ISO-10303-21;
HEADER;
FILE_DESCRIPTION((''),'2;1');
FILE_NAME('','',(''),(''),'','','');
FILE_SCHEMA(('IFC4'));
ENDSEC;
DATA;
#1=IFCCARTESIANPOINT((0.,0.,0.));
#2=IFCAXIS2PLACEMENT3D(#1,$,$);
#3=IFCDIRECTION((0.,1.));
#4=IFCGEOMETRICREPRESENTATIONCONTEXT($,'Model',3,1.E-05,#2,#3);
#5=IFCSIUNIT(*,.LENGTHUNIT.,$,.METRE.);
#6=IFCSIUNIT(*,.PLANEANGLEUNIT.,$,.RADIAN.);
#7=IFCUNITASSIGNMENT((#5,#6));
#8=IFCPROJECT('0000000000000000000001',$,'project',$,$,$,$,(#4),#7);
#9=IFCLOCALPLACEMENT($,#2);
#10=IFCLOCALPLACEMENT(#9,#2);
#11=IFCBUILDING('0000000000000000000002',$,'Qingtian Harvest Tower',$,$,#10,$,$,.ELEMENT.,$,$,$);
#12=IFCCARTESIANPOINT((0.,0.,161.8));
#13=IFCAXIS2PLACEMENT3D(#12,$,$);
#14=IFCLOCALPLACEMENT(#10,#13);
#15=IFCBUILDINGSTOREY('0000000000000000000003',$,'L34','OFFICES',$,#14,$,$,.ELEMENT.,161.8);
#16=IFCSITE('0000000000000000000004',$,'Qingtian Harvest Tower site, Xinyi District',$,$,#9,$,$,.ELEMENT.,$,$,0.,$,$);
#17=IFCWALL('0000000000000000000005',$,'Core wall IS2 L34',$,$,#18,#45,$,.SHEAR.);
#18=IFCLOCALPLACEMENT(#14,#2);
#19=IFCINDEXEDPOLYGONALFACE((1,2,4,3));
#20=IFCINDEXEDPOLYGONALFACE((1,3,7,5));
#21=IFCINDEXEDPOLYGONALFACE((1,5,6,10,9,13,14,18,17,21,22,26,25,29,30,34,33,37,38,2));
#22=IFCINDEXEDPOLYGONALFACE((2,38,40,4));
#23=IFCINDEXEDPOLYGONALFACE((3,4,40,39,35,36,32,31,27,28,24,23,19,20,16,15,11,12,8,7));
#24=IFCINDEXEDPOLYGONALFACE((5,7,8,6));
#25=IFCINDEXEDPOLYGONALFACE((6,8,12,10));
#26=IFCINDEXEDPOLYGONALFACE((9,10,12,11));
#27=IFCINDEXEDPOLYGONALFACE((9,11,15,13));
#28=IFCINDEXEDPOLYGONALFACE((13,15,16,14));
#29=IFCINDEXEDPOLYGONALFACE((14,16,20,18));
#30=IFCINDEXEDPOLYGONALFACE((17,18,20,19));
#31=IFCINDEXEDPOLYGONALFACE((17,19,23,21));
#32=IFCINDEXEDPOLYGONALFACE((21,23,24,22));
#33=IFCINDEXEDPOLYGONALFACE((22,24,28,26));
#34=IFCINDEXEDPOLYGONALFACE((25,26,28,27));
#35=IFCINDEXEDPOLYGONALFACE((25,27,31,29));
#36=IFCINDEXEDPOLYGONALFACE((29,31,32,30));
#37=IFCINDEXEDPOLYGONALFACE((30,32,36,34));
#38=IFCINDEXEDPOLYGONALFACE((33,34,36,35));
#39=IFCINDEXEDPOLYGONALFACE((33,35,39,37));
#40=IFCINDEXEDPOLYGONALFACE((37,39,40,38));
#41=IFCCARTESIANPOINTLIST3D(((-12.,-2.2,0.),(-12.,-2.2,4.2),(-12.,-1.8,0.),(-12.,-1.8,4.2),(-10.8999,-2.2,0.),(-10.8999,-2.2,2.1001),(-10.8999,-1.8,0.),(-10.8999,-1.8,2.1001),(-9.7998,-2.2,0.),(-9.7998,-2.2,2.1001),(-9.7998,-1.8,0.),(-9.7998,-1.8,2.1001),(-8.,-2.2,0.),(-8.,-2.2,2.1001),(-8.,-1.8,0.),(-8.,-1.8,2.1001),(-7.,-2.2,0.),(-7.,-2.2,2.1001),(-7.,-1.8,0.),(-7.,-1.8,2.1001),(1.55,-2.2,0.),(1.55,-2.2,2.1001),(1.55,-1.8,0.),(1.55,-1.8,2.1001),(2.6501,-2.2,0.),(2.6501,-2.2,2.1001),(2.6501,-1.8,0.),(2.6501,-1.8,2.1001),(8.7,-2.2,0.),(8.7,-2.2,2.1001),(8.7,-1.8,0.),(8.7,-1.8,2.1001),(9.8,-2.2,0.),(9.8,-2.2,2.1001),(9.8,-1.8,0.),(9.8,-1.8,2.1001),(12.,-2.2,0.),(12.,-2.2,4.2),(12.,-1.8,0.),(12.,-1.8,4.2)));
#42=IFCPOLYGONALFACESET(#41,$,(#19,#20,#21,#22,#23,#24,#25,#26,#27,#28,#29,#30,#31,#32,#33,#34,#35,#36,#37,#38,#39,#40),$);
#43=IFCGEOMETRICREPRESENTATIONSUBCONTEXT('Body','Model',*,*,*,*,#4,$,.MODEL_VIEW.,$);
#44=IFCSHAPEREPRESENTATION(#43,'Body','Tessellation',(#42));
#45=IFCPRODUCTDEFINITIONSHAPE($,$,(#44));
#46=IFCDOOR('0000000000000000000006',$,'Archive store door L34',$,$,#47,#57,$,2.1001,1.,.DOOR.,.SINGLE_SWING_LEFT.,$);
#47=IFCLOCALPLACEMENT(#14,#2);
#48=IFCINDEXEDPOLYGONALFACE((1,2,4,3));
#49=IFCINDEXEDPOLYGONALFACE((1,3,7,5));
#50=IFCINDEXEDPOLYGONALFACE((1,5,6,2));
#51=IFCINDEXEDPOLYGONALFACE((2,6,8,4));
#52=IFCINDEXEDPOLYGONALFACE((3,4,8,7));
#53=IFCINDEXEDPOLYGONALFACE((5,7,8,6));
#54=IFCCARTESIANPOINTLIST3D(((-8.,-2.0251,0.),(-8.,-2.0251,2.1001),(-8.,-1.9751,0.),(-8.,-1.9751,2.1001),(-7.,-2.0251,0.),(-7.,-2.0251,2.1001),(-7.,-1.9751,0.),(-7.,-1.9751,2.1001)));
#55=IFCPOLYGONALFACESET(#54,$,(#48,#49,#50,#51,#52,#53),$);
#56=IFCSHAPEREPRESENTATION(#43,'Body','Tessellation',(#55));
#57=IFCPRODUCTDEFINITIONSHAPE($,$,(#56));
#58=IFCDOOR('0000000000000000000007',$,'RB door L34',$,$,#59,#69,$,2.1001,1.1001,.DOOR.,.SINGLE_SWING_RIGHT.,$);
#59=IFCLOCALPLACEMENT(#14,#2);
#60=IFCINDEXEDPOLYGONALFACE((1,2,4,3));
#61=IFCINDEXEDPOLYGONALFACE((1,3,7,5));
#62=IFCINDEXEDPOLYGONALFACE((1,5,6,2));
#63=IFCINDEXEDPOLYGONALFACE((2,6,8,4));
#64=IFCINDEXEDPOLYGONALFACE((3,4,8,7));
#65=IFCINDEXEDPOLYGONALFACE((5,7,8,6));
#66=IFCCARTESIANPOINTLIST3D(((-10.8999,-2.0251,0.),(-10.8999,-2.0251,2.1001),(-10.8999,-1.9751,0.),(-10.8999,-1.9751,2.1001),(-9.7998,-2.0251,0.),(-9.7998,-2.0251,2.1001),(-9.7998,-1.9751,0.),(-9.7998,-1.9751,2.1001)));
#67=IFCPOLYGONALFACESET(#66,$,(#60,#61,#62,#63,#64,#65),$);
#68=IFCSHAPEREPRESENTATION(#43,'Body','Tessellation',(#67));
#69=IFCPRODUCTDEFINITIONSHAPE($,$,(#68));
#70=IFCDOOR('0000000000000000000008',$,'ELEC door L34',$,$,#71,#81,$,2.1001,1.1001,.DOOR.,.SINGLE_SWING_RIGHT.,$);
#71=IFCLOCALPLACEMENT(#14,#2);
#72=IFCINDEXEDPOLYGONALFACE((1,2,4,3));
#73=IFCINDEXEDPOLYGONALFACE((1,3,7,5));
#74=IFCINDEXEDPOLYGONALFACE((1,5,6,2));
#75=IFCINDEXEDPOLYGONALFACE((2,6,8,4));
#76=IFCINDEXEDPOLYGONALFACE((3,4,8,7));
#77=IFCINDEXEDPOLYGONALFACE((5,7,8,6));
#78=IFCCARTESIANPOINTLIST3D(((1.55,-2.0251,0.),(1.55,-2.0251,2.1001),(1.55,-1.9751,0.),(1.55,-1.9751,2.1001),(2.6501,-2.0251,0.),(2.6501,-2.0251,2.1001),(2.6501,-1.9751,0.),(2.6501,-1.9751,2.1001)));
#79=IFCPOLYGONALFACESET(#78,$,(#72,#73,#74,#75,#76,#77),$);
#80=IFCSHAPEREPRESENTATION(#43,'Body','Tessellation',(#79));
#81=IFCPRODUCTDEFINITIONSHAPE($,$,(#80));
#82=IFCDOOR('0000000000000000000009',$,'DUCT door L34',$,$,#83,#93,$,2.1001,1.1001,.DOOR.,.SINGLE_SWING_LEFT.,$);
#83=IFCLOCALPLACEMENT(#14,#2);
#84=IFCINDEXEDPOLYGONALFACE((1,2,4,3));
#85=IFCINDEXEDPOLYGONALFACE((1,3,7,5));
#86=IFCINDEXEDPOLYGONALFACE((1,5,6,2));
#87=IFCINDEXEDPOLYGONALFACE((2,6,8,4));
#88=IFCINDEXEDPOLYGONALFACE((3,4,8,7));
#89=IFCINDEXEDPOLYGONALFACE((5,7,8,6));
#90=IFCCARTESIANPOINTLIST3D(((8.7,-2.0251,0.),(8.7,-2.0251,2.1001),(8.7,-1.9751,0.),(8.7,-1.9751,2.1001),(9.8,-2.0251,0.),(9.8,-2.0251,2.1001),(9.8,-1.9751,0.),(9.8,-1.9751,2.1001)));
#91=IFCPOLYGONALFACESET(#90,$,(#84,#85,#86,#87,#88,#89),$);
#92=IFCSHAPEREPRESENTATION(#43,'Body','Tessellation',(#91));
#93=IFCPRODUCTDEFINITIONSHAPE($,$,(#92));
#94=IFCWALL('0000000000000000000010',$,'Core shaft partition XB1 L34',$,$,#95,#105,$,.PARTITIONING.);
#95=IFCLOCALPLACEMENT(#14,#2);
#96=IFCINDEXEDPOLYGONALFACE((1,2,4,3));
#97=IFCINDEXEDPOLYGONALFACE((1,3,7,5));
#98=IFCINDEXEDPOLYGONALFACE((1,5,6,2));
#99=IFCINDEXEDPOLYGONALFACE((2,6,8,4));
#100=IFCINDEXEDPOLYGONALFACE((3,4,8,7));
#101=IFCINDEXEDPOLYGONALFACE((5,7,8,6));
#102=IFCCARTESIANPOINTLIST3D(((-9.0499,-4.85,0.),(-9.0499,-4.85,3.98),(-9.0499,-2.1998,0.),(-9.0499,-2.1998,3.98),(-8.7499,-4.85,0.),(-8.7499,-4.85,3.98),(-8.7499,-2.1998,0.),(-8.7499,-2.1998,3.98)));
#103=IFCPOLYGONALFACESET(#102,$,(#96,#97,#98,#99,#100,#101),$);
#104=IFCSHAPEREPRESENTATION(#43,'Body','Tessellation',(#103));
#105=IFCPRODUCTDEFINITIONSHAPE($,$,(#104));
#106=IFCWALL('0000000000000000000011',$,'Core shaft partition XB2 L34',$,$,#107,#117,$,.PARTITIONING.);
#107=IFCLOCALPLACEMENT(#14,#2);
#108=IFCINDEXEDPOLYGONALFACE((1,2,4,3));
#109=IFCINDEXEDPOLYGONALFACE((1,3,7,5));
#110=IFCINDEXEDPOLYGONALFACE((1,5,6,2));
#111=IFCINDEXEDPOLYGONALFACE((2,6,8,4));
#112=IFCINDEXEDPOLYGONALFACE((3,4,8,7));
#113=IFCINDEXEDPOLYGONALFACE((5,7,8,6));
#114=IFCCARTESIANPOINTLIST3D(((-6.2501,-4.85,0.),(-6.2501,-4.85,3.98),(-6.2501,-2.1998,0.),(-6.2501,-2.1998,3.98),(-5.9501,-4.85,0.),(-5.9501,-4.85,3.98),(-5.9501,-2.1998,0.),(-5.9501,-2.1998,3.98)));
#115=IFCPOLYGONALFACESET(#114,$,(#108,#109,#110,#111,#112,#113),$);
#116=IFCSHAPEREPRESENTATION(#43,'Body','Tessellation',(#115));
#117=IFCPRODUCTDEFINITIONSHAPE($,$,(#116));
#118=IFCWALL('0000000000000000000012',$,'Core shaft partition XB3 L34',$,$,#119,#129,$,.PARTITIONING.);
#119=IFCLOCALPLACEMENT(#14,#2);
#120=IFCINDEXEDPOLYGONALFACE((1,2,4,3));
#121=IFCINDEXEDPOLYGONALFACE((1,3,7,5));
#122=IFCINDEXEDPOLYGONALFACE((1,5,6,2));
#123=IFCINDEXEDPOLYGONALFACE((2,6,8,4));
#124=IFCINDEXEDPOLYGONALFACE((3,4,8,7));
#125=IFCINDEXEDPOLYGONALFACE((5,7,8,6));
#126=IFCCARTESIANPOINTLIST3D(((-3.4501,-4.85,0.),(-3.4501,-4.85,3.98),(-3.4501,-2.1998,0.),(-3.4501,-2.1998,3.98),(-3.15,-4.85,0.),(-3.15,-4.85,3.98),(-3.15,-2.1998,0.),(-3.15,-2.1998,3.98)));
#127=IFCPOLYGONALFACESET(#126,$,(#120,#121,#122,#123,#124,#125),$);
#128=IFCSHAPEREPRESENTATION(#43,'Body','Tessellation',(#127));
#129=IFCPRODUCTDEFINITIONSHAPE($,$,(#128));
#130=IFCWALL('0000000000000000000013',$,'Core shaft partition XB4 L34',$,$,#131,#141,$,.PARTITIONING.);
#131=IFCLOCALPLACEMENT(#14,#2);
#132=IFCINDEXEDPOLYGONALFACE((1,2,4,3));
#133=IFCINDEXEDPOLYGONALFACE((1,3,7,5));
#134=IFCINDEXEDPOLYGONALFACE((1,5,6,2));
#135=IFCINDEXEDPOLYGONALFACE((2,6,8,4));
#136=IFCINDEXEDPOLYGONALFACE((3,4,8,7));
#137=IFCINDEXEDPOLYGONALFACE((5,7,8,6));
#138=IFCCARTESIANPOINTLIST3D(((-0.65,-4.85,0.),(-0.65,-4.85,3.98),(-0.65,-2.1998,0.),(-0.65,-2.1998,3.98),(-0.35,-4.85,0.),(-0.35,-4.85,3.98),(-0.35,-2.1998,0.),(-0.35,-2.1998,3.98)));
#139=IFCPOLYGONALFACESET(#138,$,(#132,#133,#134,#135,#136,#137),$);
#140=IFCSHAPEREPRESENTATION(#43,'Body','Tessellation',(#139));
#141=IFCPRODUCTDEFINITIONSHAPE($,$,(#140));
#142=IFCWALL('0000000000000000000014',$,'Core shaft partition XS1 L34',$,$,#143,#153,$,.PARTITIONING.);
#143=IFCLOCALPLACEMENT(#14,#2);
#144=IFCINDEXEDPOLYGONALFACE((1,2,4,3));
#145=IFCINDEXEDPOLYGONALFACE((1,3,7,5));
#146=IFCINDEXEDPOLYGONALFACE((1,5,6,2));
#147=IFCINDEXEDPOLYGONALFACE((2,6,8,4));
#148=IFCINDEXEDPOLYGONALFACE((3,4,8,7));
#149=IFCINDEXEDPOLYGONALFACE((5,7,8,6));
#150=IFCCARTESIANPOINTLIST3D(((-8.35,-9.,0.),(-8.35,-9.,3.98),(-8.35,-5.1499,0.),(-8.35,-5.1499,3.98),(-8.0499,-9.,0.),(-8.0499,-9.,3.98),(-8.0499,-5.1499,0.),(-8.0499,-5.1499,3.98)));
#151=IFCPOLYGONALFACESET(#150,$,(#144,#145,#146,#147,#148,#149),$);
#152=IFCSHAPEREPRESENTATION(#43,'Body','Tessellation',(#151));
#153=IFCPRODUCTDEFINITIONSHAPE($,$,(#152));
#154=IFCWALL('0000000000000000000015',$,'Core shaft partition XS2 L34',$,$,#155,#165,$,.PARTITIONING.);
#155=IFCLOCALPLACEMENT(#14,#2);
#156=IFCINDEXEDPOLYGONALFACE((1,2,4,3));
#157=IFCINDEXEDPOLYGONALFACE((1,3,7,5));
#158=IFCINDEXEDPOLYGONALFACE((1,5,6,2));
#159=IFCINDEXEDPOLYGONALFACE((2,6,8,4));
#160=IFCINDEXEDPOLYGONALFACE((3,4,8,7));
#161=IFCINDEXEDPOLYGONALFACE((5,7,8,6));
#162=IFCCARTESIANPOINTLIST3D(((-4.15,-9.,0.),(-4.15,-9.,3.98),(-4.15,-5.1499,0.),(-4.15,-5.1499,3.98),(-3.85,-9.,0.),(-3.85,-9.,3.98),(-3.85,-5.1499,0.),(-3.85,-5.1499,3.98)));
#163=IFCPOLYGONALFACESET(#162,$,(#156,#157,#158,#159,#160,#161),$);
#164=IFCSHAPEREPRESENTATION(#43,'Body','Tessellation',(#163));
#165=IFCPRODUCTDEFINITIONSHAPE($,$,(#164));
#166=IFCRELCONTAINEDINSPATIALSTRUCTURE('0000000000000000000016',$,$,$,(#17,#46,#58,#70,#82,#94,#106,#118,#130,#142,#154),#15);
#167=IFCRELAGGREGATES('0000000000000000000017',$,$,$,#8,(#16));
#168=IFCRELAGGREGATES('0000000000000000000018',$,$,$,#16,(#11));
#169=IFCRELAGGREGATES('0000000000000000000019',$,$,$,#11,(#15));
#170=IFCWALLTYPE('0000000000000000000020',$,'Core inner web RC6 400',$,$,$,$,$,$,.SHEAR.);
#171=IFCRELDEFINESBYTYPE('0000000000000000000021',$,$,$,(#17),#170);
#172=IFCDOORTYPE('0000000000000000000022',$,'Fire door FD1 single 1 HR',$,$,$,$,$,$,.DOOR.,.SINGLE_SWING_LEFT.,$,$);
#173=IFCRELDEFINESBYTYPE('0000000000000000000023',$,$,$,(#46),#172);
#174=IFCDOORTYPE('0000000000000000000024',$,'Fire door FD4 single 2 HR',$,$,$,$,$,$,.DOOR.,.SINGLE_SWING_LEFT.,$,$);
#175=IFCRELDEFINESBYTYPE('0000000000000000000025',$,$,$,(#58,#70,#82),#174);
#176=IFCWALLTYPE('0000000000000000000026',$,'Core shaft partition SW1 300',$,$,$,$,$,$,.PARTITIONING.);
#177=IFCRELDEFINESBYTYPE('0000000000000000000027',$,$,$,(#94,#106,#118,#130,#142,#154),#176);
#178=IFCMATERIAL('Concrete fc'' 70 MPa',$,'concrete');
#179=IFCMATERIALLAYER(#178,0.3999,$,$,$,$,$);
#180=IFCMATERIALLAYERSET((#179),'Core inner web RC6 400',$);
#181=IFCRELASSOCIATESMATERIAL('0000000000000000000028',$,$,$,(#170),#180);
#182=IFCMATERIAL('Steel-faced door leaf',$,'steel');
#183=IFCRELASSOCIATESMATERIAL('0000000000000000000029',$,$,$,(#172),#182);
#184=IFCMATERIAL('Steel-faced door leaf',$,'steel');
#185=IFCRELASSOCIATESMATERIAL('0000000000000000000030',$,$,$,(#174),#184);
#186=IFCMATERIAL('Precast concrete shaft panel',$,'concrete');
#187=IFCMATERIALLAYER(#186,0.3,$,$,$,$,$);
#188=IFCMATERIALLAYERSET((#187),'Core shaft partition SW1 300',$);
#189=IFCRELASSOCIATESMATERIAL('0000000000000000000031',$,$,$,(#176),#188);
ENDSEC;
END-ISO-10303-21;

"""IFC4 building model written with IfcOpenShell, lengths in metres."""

from ifc_helpers import new_model, si_unit, direction, frame, frame_2d, origin, place, context, subcontext, project, spatial, rectangle, extrude, material, layer, layer_set, type_object, element, fill, save


model = new_model("IFC4")

# Units and contexts
model_context = context("Model", 3, precision=1e-05, world=origin(), true_north=direction((0.0, 1.0)))
body_context = subcontext(model_context, "Body", "Model", "MODEL_VIEW")
ifc_project = project(units=[si_unit("LENGTHUNIT", "METRE"), si_unit("PLANEANGLEUNIT", "RADIAN")], contexts=[model_context])

# Site, building, storey
site_placement = place(None, origin())
site = spatial("IfcSite", under=ifc_project, at=site_placement, Name="Qingtian Harvest Tower site, Xinyi District", CompositionType="ELEMENT", RefElevation=0.0)
building_placement = place(site_placement, origin())
building = spatial("IfcBuilding", under=site, at=building_placement, Name="Qingtian Harvest Tower", CompositionType="ELEMENT")
storey_placement = place(building_placement, frame((0.0, 0.0, 161.8)))
storey = spatial("IfcBuildingStorey", under=building, at=storey_placement, Name="L34", Description="OFFICES", CompositionType="ELEMENT", Elevation=161.8)

# Wall, openings, doors
ifc_material_1 = material(Name="Concrete fc' 70 MPa", Category="concrete")
ifc_layer_1 = layer(ifc_material_1, 0.3999)
ifc_layer_set_1 = layer_set([ifc_layer_1], Name="Core inner web RC6 400")
wall_type_1 = type_object("IfcWallType", Name="Core inner web RC6 400", PredefinedType="SHEAR", material=ifc_layer_set_1)
wall_1_placement = place(storey_placement, frame((-12.0, -2.0, 0.0), z_axis=(0.0, 0.0, 1.0), x_axis=(1.0, 0.0, 0.0)))
wall_1 = element("IfcWall", 1, at=wall_1_placement, inside=storey, type_object=wall_type_1, Name="Core wall IS2 L34", PredefinedType="SHEAR", context=body_context, shape_type="SweptSolid", body=[
    extrude(rectangle(XDim=24.0, YDim=0.3999, at=frame_2d((12.0, 0.0))), origin(), (0.0, 0.0, 1.0), 4.2),
])
opening_1_placement = place(wall_1_placement, frame((1.1001, 0.0, 0.0)))
opening_1 = element("IfcOpeningElement", 2, at=opening_1_placement, cuts=wall_1, PredefinedType="OPENING", context=body_context, shape_type="SweptSolid", body=[
    extrude(rectangle(XDim=1.1001, YDim=2.1001, at=frame_2d((0.55, 1.05))), frame((0.0, 0.21, 0.0), z_axis=(0.0, -1.0, 0.0), x_axis=(1.0, 0.0, 0.0)), (0.0, 0.0, 1.0), 0.4199),
])
opening_2_placement = place(wall_1_placement, frame((13.55, 0.0, 0.0)))
opening_2 = element("IfcOpeningElement", 3, at=opening_2_placement, cuts=wall_1, PredefinedType="OPENING", context=body_context, shape_type="SweptSolid", body=[
    extrude(rectangle(XDim=1.1001, YDim=2.1001, at=frame_2d((0.55, 1.05))), frame((0.0, 0.21, 0.0), z_axis=(0.0, -1.0, 0.0), x_axis=(1.0, 0.0, 0.0)), (0.0, 0.0, 1.0), 0.4199),
])
opening_3_placement = place(wall_1_placement, frame((20.7, 0.0, 0.0)))
opening_3 = element("IfcOpeningElement", 4, at=opening_3_placement, cuts=wall_1, PredefinedType="OPENING", context=body_context, shape_type="SweptSolid", body=[
    extrude(rectangle(XDim=1.1001, YDim=2.1001, at=frame_2d((0.55, 1.05))), frame((0.0, 0.21, 0.0), z_axis=(0.0, -1.0, 0.0), x_axis=(1.0, 0.0, 0.0)), (0.0, 0.0, 1.0), 0.4199),
])
opening_4_placement = place(wall_1_placement, frame((4.0, 0.0, 0.0)))
opening_4 = element("IfcOpeningElement", 5, at=opening_4_placement, cuts=wall_1, PredefinedType="OPENING", context=body_context, shape_type="SweptSolid", body=[
    extrude(rectangle(XDim=1.0, YDim=2.1001, at=frame_2d((0.5, 1.05))), frame((0.0, 0.21, 0.0), z_axis=(0.0, -1.0, 0.0), x_axis=(1.0, 0.0, 0.0)), (0.0, 0.0, 1.0), 0.4199),
])
ifc_material_2 = material(Name="Steel-faced door leaf", Category="steel")
door_type_1 = type_object("IfcDoorType", Name="Fire door FD1 single 1 HR", OperationType="SINGLE_SWING_LEFT", PredefinedType="DOOR", material=ifc_material_2)
door_1_placement = place(opening_4_placement, origin())
door_1 = element("IfcDoor", 6, at=door_1_placement, inside=storey, type_object=door_type_1, Name="Archive store door L34", OperationType="SINGLE_SWING_LEFT", OverallHeight=2.1001, OverallWidth=1.0, PredefinedType="DOOR", context=body_context, shape_type="SweptSolid", body=[
    extrude(rectangle(XDim=1.0, YDim=2.1001, at=frame_2d((0.5, 1.05))), frame((0.0, 0.0249, 0.0), z_axis=(0.0, -1.0, 0.0), x_axis=(1.0, 0.0, 0.0)), (0.0, 0.0, 1.0), 0.05),
])
fill(opening_4, door_1)
ifc_material_3 = material(Name="Steel-faced door leaf", Category="steel")
door_type_2 = type_object("IfcDoorType", Name="Fire door FD4 single 2 HR", OperationType="SINGLE_SWING_LEFT", PredefinedType="DOOR", material=ifc_material_3)
door_2_placement = place(opening_1_placement, origin())
door_2 = element("IfcDoor", 7, at=door_2_placement, inside=storey, type_object=door_type_2, Name="RB door L34", OperationType="SINGLE_SWING_RIGHT", OverallHeight=2.1001, OverallWidth=1.1001, PredefinedType="DOOR", context=body_context, shape_type="SweptSolid", body=[
    extrude(rectangle(XDim=1.1001, YDim=2.1001, at=frame_2d((0.55, 1.05))), frame((0.0, 0.0249, 0.0), z_axis=(0.0, -1.0, 0.0), x_axis=(1.0, 0.0, 0.0)), (0.0, 0.0, 1.0), 0.05),
])
fill(opening_1, door_2)
door_3_placement = place(opening_2_placement, origin())
door_3 = element("IfcDoor", 8, at=door_3_placement, inside=storey, type_object=door_type_2, Name="ELEC door L34", OperationType="SINGLE_SWING_RIGHT", OverallHeight=2.1001, OverallWidth=1.1001, PredefinedType="DOOR", context=body_context, shape_type="SweptSolid", body=[
    extrude(rectangle(XDim=1.1001, YDim=2.1001, at=frame_2d((0.55, 1.05))), frame((0.0, 0.0249, 0.0), z_axis=(0.0, -1.0, 0.0), x_axis=(1.0, 0.0, 0.0)), (0.0, 0.0, 1.0), 0.05),
])
fill(opening_2, door_3)
door_4_placement = place(opening_3_placement, origin())
door_4 = element("IfcDoor", 9, at=door_4_placement, inside=storey, type_object=door_type_2, Name="DUCT door L34", OperationType="SINGLE_SWING_LEFT", OverallHeight=2.1001, OverallWidth=1.1001, PredefinedType="DOOR", context=body_context, shape_type="SweptSolid", body=[
    extrude(rectangle(XDim=1.1001, YDim=2.1001, at=frame_2d((0.55, 1.05))), frame((0.0, 0.0249, 0.0), z_axis=(0.0, -1.0, 0.0), x_axis=(1.0, 0.0, 0.0)), (0.0, 0.0, 1.0), 0.05),
])
fill(opening_3, door_4)

# Walls
ifc_material_4 = material(Name="Precast concrete shaft panel", Category="concrete")
ifc_layer_2 = layer(ifc_material_4, 0.3)
ifc_layer_set_2 = layer_set([ifc_layer_2], Name="Core shaft partition SW1 300")
wall_type_2 = type_object("IfcWallType", Name="Core shaft partition SW1 300", PredefinedType="PARTITIONING", material=ifc_layer_set_2)
for number, where, z_axis, x_axis, name in (
    (10, (-8.8999, -4.8501, 0.0), (0.0, 0.0, 1.0), (0.0, 1.0, 0.0), "Core shaft partition XB1 L34"),
    (11, (-6.1001, -4.8501, 0.0), (0.0, 0.0, 1.0), (0.0, 1.0, 0.0), "Core shaft partition XB2 L34"),
    (12, (-3.3, -4.8501, 0.0), (0.0, 0.0, 1.0), (0.0, 1.0, 0.0), "Core shaft partition XB3 L34"),
    (13, (-0.5, -4.8501, 0.0), (0.0, 0.0, 1.0), (0.0, 1.0, 0.0), "Core shaft partition XB4 L34"),
):
    element("IfcWall", number, at=place(storey_placement, frame(where, z_axis=z_axis, x_axis=x_axis)), inside=storey, type_object=wall_type_2, Name=name, PredefinedType="PARTITIONING", context=body_context, shape_type="SweptSolid", body=[
        extrude(rectangle(XDim=2.6501, YDim=0.3, at=frame_2d((1.3252, 0.0))), origin(), (0.0, 0.0, 1.0), 3.98),
    ])
for number, where, z_axis, x_axis, name in (
    (14, (-8.2, -9.0, 0.0), (0.0, 0.0, 1.0), (0.0, 1.0, 0.0), "Core shaft partition XS1 L34"),
    (15, (-4.0, -9.0, 0.0), (0.0, 0.0, 1.0), (0.0, 1.0, 0.0), "Core shaft partition XS2 L34"),
):
    element("IfcWall", number, at=place(storey_placement, frame(where, z_axis=z_axis, x_axis=x_axis)), inside=storey, type_object=wall_type_2, Name=name, PredefinedType="PARTITIONING", context=body_context, shape_type="SweptSolid", body=[
        extrude(rectangle(XDim=3.8501, YDim=0.3, at=frame_2d((1.925, 0.0))), origin(), (0.0, 0.0, 1.0), 3.98),
    ])

save(model, "model.ifc")
